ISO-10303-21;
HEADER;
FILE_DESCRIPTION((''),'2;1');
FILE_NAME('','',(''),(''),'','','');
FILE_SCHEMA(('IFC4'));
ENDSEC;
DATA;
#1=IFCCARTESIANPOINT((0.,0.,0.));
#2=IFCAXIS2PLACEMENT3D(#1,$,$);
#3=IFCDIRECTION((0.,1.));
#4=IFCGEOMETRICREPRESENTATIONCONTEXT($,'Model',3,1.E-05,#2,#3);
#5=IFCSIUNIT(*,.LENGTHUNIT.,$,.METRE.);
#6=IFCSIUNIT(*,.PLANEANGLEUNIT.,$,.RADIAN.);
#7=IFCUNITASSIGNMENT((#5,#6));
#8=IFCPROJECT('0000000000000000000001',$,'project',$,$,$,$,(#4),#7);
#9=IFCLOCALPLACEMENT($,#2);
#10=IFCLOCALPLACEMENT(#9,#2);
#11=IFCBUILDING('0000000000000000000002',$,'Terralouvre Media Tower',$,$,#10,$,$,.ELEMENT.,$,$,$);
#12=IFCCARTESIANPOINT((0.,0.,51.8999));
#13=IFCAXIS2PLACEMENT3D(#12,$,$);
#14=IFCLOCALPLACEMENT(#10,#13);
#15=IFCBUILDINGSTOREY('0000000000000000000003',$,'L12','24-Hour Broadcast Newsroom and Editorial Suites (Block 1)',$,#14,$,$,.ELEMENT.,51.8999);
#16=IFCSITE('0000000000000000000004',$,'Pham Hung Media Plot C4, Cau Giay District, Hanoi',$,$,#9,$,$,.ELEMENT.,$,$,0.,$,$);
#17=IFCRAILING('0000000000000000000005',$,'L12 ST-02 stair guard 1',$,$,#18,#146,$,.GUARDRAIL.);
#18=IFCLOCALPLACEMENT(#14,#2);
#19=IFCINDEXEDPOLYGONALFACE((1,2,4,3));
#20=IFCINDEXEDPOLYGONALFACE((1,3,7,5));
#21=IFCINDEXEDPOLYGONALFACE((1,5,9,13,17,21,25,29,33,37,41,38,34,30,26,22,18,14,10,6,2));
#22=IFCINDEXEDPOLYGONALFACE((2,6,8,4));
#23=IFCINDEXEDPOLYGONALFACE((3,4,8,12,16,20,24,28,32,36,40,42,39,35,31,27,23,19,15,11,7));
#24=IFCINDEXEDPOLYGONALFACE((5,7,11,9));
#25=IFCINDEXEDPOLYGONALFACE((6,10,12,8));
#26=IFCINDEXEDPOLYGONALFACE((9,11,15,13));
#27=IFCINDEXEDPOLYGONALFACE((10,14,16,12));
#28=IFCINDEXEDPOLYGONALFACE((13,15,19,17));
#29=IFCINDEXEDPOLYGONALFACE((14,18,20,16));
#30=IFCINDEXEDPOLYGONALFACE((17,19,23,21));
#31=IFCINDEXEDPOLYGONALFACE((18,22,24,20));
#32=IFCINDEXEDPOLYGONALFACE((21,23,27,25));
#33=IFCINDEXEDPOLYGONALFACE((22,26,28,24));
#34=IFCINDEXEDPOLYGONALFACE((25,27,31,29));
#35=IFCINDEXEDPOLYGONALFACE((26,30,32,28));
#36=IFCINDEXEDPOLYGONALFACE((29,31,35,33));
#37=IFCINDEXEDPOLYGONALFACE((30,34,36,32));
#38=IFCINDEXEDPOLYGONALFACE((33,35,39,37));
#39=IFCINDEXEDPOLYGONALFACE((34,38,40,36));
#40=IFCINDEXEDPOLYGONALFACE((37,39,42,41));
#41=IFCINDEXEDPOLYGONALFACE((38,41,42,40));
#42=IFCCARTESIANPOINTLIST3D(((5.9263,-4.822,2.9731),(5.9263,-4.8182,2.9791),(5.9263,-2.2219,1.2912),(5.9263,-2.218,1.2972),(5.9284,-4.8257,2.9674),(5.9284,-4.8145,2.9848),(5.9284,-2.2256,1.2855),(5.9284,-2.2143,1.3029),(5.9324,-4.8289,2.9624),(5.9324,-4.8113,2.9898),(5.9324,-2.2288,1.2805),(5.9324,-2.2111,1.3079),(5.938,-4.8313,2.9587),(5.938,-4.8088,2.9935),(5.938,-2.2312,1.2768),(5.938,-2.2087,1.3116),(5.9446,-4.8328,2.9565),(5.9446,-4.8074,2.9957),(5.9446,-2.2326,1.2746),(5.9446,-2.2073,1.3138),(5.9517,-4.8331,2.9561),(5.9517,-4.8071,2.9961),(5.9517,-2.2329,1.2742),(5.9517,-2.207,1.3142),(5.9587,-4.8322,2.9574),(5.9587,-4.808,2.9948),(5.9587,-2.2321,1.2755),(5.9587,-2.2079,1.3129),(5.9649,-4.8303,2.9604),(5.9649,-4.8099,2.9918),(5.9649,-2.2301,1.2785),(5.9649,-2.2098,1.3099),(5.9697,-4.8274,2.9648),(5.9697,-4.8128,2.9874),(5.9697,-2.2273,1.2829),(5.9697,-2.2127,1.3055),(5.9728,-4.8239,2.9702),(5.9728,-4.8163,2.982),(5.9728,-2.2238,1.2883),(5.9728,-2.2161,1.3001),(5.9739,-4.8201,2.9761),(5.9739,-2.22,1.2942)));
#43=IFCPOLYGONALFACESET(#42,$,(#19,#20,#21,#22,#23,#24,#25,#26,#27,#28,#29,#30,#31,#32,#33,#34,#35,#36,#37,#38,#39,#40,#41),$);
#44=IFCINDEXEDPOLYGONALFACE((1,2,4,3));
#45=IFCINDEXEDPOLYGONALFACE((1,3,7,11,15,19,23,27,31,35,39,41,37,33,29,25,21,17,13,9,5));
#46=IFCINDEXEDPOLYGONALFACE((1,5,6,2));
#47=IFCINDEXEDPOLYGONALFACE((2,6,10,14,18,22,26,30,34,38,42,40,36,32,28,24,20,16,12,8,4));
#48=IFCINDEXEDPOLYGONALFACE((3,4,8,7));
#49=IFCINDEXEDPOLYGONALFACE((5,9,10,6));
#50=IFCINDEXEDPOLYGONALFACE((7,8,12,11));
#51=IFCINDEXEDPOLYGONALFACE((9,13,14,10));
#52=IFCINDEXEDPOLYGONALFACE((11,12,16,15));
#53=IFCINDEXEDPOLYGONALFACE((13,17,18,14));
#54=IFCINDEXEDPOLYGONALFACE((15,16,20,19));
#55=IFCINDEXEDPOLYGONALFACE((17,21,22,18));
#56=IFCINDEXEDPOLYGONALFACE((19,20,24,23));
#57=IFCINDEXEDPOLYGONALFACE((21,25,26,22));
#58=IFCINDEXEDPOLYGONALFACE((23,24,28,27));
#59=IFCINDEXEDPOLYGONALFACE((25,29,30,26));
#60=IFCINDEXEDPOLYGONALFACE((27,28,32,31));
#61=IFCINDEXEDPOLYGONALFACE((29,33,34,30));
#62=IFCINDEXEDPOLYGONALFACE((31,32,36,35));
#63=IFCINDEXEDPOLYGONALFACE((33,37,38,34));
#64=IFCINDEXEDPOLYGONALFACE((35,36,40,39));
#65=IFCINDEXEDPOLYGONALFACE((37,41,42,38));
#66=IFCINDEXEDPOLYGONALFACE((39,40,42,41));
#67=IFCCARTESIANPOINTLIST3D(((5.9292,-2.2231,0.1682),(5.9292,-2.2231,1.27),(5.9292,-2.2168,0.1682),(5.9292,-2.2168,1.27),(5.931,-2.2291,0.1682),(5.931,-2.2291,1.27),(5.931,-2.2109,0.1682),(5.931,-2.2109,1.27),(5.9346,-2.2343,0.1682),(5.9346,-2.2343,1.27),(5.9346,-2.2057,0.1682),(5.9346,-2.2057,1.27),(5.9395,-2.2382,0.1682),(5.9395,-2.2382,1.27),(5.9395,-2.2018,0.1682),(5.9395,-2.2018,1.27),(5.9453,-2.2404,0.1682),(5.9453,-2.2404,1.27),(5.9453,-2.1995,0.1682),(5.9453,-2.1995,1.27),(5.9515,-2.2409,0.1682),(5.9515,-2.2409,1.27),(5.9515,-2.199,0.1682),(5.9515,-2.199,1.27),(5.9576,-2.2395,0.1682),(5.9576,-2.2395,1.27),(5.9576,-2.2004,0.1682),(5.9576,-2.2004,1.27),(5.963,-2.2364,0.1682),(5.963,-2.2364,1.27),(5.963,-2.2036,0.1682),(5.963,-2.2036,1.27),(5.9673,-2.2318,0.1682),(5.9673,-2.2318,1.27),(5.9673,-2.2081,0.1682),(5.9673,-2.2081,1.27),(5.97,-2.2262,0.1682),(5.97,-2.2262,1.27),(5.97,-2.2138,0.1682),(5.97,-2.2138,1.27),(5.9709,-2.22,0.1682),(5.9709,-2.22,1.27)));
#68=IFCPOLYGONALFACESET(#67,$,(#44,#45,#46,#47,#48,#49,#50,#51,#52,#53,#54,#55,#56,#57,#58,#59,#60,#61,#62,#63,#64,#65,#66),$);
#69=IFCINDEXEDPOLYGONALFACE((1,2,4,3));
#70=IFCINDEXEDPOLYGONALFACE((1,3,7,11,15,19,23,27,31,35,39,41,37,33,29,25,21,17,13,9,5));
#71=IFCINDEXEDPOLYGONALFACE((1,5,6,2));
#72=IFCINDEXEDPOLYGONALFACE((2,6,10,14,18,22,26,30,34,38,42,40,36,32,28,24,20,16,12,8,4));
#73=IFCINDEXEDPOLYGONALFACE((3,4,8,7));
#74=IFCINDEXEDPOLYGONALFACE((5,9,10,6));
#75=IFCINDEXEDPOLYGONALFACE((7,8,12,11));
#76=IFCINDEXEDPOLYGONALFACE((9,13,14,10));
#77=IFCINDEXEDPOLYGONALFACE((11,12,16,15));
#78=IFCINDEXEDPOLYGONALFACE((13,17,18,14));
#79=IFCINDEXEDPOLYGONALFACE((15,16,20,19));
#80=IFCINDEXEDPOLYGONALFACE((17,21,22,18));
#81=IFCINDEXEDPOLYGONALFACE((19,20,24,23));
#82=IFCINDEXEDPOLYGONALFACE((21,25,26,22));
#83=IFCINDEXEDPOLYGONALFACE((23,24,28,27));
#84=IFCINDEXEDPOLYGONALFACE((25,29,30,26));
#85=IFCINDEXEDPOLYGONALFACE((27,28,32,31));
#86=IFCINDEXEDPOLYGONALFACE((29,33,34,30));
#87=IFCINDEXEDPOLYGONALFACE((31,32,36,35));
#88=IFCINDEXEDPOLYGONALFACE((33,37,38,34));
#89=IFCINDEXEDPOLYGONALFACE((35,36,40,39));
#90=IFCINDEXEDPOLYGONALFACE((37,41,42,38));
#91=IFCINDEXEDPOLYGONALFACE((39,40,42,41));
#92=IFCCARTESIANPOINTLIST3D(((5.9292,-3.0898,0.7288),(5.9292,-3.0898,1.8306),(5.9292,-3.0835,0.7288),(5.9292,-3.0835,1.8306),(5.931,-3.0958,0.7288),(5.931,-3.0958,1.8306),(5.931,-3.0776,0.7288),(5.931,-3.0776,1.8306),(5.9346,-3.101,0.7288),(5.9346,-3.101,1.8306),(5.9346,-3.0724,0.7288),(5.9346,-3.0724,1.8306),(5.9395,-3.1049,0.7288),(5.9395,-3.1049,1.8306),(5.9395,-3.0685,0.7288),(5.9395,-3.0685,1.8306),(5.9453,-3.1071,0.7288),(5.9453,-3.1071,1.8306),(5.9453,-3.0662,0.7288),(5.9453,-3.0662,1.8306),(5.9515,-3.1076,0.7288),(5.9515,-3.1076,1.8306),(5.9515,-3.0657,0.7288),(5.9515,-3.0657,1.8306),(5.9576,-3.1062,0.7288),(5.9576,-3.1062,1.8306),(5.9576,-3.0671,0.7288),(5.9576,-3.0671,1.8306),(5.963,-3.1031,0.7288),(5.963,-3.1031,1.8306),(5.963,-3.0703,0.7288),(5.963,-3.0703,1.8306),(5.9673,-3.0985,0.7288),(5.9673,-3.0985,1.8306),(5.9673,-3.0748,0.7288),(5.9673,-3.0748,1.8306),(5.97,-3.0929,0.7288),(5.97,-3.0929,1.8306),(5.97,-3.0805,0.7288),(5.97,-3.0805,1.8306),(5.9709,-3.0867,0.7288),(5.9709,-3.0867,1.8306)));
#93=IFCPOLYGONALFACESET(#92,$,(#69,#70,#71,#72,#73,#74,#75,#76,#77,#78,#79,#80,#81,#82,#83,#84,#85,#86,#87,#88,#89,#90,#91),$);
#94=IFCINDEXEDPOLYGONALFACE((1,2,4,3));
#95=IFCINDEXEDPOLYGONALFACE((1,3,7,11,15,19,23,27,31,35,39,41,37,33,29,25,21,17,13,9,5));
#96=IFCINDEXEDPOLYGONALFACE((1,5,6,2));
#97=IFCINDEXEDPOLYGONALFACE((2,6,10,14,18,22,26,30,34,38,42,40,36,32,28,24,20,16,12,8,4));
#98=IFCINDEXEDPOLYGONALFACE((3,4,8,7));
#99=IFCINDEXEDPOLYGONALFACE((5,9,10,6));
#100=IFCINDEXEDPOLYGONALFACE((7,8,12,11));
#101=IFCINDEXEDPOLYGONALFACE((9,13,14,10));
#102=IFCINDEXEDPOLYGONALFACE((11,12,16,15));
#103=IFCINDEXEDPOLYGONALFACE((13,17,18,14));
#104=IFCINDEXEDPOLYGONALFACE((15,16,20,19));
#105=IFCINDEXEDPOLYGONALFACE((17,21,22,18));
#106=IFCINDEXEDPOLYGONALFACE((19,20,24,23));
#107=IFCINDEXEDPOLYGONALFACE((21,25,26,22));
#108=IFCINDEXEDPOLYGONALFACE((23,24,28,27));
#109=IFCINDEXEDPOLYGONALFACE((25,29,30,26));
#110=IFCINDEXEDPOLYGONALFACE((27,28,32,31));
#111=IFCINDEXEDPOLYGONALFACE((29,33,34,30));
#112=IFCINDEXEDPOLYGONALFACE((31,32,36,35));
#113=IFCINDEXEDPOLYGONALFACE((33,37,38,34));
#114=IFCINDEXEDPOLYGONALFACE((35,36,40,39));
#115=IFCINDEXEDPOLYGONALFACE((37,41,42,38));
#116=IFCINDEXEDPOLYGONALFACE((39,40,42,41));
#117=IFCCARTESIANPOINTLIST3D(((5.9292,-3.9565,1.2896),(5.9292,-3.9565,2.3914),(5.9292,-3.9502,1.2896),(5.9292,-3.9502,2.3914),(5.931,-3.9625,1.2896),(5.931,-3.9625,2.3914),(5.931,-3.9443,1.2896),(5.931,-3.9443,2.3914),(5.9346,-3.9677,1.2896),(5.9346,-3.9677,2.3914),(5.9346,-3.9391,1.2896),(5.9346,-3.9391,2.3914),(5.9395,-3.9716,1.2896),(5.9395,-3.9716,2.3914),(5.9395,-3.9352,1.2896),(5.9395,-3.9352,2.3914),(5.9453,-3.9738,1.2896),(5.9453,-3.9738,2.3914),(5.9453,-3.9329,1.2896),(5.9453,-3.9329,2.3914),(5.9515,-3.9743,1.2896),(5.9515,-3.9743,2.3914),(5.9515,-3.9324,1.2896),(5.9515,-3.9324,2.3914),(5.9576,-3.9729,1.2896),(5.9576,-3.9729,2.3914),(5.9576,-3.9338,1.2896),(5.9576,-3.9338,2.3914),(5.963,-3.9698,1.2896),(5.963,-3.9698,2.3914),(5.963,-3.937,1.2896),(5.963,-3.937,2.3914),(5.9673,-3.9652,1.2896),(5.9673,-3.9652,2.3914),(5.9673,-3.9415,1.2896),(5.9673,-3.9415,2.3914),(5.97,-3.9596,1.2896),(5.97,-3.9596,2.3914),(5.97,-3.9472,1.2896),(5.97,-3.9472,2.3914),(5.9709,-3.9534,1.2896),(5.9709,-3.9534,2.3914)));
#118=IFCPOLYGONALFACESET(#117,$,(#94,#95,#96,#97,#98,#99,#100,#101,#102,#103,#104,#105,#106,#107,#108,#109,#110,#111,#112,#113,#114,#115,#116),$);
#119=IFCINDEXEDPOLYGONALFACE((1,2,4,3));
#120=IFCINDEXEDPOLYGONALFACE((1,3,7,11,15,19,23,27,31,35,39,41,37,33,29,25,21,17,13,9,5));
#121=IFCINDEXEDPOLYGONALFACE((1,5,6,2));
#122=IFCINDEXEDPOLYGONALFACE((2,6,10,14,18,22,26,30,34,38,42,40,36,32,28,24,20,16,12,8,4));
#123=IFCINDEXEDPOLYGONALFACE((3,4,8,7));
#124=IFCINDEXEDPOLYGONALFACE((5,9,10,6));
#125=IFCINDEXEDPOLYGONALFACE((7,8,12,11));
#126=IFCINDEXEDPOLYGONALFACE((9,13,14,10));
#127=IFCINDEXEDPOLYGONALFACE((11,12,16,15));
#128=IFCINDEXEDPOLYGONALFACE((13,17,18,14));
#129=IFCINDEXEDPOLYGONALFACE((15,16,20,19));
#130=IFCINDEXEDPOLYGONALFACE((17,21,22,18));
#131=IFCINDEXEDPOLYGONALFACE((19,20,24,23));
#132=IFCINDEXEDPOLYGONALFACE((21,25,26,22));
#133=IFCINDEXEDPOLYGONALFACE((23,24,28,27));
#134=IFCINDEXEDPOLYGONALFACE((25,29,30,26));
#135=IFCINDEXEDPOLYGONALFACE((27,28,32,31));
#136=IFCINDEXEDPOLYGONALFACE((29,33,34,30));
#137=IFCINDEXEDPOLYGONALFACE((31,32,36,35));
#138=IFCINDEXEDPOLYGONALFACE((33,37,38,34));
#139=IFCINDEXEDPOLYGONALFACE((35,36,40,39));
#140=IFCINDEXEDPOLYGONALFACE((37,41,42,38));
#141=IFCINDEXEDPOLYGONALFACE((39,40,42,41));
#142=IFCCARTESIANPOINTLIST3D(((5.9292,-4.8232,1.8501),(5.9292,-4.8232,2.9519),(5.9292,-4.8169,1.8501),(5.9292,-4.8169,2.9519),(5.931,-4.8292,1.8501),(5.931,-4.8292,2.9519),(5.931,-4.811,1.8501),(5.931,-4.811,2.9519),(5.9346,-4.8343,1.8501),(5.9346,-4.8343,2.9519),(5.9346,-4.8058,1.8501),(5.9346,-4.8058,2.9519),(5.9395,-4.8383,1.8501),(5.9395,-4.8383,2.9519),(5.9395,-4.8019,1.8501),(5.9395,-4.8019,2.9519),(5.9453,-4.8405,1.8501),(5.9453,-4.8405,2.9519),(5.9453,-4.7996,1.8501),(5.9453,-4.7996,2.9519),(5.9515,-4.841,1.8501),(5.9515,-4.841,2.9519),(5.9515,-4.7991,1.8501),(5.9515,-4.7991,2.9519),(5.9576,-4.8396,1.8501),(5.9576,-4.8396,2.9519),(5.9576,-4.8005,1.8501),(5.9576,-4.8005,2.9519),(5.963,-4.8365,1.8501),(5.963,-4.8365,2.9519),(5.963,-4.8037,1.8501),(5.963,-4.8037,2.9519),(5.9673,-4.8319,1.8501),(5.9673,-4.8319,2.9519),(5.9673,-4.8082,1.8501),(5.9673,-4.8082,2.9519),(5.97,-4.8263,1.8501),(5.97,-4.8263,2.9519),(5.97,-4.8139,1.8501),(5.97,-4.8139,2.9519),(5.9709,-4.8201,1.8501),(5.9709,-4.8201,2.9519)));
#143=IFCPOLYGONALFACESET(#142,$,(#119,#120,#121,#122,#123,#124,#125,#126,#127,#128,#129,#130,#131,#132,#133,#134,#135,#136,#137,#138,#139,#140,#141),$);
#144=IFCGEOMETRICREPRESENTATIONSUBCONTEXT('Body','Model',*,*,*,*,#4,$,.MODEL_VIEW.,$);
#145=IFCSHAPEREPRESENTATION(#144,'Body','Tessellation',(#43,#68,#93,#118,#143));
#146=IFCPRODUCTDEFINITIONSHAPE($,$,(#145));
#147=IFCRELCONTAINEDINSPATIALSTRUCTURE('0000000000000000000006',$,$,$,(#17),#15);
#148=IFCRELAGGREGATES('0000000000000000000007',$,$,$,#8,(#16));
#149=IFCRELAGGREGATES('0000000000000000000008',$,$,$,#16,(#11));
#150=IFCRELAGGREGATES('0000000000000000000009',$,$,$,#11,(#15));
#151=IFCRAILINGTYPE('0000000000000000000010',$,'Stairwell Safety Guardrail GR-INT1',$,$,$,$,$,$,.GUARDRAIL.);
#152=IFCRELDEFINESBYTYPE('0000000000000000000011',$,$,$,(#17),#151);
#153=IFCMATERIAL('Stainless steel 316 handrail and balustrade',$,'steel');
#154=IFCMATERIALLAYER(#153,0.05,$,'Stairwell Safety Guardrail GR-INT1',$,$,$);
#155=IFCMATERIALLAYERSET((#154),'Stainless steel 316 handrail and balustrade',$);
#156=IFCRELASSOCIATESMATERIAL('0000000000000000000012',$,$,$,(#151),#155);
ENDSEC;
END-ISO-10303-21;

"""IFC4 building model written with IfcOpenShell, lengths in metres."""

from ifc_helpers import new_model, si_unit, direction, frame, origin, origin_2d, place, context, subcontext, project, spatial, circle, extrude, material, layer, layer_set, type_object, element, save


model = new_model("IFC4")

# Units and contexts
model_context = context("Model", 3, precision=1e-05, world=origin(), true_north=direction((0.0, 1.0)))
body_context = subcontext(model_context, "Body", "Model", "MODEL_VIEW")
ifc_project = project(units=[si_unit("LENGTHUNIT", "METRE"), si_unit("PLANEANGLEUNIT", "RADIAN")], contexts=[model_context])

# Site, building, storey
site_placement = place(None, origin())
site = spatial("IfcSite", under=ifc_project, at=site_placement, Name="Pham Hung Media Plot C4, Cau Giay District, Hanoi", CompositionType="ELEMENT", RefElevation=0.0)
building_placement = place(site_placement, origin())
building = spatial("IfcBuilding", under=site, at=building_placement, Name="Terralouvre Media Tower", CompositionType="ELEMENT")
storey_placement = place(building_placement, frame((0.0, 0.0, 51.8999)))
storey = spatial("IfcBuildingStorey", under=building, at=storey_placement, Name="L12", Description="24-Hour Broadcast Newsroom and Editorial Suites (Block 1)", CompositionType="ELEMENT", Elevation=51.8999)

# Railing
ifc_material_1 = material(Name="Stainless steel 316 handrail and balustrade", Category="steel")
ifc_layer_1 = layer(ifc_material_1, 0.05, Name="Stairwell Safety Guardrail GR-INT1")
ifc_layer_set_1 = layer_set([ifc_layer_1], Name="Stainless steel 316 handrail and balustrade")
railing_type_1 = type_object("IfcRailingType", Name="Stairwell Safety Guardrail GR-INT1", PredefinedType="GUARDRAIL", material=ifc_layer_set_1)
railing_1_placement = place(storey_placement, frame((5.95, -2.22, 0.1682)))
element("IfcRailing", 1, at=railing_1_placement, inside=storey, type_object=railing_type_1, Name="L12 ST-02 stair guard 1", PredefinedType="GUARDRAIL", context=body_context, shape_type="SweptSolid", body=[
    extrude(circle(Radius=0.0239, at=origin_2d()), frame((0.0, 0.0, 1.126), z_axis=(0.0, -0.839648, 0.54313), x_axis=(1.0, 0.0, 0.0)), (0.0, 0.0, 1.0), 3.0967),
    extrude(circle(Radius=0.021, at=origin_2d()), origin(), (0.0, 0.0, 1.0), 1.1018),
    extrude(circle(Radius=0.021, at=origin_2d()), frame((0.0, -0.8667, 0.5605)), (0.0, 0.0, 1.0), 1.1018),
    extrude(circle(Radius=0.021, at=origin_2d()), frame((0.0, -1.7334, 1.1213)), (0.0, 0.0, 1.0), 1.1018),
    extrude(circle(Radius=0.021, at=origin_2d()), frame((0.0, -2.6001, 1.6819)), (0.0, 0.0, 1.0), 1.1018),
])

save(model, "model.ifc")
